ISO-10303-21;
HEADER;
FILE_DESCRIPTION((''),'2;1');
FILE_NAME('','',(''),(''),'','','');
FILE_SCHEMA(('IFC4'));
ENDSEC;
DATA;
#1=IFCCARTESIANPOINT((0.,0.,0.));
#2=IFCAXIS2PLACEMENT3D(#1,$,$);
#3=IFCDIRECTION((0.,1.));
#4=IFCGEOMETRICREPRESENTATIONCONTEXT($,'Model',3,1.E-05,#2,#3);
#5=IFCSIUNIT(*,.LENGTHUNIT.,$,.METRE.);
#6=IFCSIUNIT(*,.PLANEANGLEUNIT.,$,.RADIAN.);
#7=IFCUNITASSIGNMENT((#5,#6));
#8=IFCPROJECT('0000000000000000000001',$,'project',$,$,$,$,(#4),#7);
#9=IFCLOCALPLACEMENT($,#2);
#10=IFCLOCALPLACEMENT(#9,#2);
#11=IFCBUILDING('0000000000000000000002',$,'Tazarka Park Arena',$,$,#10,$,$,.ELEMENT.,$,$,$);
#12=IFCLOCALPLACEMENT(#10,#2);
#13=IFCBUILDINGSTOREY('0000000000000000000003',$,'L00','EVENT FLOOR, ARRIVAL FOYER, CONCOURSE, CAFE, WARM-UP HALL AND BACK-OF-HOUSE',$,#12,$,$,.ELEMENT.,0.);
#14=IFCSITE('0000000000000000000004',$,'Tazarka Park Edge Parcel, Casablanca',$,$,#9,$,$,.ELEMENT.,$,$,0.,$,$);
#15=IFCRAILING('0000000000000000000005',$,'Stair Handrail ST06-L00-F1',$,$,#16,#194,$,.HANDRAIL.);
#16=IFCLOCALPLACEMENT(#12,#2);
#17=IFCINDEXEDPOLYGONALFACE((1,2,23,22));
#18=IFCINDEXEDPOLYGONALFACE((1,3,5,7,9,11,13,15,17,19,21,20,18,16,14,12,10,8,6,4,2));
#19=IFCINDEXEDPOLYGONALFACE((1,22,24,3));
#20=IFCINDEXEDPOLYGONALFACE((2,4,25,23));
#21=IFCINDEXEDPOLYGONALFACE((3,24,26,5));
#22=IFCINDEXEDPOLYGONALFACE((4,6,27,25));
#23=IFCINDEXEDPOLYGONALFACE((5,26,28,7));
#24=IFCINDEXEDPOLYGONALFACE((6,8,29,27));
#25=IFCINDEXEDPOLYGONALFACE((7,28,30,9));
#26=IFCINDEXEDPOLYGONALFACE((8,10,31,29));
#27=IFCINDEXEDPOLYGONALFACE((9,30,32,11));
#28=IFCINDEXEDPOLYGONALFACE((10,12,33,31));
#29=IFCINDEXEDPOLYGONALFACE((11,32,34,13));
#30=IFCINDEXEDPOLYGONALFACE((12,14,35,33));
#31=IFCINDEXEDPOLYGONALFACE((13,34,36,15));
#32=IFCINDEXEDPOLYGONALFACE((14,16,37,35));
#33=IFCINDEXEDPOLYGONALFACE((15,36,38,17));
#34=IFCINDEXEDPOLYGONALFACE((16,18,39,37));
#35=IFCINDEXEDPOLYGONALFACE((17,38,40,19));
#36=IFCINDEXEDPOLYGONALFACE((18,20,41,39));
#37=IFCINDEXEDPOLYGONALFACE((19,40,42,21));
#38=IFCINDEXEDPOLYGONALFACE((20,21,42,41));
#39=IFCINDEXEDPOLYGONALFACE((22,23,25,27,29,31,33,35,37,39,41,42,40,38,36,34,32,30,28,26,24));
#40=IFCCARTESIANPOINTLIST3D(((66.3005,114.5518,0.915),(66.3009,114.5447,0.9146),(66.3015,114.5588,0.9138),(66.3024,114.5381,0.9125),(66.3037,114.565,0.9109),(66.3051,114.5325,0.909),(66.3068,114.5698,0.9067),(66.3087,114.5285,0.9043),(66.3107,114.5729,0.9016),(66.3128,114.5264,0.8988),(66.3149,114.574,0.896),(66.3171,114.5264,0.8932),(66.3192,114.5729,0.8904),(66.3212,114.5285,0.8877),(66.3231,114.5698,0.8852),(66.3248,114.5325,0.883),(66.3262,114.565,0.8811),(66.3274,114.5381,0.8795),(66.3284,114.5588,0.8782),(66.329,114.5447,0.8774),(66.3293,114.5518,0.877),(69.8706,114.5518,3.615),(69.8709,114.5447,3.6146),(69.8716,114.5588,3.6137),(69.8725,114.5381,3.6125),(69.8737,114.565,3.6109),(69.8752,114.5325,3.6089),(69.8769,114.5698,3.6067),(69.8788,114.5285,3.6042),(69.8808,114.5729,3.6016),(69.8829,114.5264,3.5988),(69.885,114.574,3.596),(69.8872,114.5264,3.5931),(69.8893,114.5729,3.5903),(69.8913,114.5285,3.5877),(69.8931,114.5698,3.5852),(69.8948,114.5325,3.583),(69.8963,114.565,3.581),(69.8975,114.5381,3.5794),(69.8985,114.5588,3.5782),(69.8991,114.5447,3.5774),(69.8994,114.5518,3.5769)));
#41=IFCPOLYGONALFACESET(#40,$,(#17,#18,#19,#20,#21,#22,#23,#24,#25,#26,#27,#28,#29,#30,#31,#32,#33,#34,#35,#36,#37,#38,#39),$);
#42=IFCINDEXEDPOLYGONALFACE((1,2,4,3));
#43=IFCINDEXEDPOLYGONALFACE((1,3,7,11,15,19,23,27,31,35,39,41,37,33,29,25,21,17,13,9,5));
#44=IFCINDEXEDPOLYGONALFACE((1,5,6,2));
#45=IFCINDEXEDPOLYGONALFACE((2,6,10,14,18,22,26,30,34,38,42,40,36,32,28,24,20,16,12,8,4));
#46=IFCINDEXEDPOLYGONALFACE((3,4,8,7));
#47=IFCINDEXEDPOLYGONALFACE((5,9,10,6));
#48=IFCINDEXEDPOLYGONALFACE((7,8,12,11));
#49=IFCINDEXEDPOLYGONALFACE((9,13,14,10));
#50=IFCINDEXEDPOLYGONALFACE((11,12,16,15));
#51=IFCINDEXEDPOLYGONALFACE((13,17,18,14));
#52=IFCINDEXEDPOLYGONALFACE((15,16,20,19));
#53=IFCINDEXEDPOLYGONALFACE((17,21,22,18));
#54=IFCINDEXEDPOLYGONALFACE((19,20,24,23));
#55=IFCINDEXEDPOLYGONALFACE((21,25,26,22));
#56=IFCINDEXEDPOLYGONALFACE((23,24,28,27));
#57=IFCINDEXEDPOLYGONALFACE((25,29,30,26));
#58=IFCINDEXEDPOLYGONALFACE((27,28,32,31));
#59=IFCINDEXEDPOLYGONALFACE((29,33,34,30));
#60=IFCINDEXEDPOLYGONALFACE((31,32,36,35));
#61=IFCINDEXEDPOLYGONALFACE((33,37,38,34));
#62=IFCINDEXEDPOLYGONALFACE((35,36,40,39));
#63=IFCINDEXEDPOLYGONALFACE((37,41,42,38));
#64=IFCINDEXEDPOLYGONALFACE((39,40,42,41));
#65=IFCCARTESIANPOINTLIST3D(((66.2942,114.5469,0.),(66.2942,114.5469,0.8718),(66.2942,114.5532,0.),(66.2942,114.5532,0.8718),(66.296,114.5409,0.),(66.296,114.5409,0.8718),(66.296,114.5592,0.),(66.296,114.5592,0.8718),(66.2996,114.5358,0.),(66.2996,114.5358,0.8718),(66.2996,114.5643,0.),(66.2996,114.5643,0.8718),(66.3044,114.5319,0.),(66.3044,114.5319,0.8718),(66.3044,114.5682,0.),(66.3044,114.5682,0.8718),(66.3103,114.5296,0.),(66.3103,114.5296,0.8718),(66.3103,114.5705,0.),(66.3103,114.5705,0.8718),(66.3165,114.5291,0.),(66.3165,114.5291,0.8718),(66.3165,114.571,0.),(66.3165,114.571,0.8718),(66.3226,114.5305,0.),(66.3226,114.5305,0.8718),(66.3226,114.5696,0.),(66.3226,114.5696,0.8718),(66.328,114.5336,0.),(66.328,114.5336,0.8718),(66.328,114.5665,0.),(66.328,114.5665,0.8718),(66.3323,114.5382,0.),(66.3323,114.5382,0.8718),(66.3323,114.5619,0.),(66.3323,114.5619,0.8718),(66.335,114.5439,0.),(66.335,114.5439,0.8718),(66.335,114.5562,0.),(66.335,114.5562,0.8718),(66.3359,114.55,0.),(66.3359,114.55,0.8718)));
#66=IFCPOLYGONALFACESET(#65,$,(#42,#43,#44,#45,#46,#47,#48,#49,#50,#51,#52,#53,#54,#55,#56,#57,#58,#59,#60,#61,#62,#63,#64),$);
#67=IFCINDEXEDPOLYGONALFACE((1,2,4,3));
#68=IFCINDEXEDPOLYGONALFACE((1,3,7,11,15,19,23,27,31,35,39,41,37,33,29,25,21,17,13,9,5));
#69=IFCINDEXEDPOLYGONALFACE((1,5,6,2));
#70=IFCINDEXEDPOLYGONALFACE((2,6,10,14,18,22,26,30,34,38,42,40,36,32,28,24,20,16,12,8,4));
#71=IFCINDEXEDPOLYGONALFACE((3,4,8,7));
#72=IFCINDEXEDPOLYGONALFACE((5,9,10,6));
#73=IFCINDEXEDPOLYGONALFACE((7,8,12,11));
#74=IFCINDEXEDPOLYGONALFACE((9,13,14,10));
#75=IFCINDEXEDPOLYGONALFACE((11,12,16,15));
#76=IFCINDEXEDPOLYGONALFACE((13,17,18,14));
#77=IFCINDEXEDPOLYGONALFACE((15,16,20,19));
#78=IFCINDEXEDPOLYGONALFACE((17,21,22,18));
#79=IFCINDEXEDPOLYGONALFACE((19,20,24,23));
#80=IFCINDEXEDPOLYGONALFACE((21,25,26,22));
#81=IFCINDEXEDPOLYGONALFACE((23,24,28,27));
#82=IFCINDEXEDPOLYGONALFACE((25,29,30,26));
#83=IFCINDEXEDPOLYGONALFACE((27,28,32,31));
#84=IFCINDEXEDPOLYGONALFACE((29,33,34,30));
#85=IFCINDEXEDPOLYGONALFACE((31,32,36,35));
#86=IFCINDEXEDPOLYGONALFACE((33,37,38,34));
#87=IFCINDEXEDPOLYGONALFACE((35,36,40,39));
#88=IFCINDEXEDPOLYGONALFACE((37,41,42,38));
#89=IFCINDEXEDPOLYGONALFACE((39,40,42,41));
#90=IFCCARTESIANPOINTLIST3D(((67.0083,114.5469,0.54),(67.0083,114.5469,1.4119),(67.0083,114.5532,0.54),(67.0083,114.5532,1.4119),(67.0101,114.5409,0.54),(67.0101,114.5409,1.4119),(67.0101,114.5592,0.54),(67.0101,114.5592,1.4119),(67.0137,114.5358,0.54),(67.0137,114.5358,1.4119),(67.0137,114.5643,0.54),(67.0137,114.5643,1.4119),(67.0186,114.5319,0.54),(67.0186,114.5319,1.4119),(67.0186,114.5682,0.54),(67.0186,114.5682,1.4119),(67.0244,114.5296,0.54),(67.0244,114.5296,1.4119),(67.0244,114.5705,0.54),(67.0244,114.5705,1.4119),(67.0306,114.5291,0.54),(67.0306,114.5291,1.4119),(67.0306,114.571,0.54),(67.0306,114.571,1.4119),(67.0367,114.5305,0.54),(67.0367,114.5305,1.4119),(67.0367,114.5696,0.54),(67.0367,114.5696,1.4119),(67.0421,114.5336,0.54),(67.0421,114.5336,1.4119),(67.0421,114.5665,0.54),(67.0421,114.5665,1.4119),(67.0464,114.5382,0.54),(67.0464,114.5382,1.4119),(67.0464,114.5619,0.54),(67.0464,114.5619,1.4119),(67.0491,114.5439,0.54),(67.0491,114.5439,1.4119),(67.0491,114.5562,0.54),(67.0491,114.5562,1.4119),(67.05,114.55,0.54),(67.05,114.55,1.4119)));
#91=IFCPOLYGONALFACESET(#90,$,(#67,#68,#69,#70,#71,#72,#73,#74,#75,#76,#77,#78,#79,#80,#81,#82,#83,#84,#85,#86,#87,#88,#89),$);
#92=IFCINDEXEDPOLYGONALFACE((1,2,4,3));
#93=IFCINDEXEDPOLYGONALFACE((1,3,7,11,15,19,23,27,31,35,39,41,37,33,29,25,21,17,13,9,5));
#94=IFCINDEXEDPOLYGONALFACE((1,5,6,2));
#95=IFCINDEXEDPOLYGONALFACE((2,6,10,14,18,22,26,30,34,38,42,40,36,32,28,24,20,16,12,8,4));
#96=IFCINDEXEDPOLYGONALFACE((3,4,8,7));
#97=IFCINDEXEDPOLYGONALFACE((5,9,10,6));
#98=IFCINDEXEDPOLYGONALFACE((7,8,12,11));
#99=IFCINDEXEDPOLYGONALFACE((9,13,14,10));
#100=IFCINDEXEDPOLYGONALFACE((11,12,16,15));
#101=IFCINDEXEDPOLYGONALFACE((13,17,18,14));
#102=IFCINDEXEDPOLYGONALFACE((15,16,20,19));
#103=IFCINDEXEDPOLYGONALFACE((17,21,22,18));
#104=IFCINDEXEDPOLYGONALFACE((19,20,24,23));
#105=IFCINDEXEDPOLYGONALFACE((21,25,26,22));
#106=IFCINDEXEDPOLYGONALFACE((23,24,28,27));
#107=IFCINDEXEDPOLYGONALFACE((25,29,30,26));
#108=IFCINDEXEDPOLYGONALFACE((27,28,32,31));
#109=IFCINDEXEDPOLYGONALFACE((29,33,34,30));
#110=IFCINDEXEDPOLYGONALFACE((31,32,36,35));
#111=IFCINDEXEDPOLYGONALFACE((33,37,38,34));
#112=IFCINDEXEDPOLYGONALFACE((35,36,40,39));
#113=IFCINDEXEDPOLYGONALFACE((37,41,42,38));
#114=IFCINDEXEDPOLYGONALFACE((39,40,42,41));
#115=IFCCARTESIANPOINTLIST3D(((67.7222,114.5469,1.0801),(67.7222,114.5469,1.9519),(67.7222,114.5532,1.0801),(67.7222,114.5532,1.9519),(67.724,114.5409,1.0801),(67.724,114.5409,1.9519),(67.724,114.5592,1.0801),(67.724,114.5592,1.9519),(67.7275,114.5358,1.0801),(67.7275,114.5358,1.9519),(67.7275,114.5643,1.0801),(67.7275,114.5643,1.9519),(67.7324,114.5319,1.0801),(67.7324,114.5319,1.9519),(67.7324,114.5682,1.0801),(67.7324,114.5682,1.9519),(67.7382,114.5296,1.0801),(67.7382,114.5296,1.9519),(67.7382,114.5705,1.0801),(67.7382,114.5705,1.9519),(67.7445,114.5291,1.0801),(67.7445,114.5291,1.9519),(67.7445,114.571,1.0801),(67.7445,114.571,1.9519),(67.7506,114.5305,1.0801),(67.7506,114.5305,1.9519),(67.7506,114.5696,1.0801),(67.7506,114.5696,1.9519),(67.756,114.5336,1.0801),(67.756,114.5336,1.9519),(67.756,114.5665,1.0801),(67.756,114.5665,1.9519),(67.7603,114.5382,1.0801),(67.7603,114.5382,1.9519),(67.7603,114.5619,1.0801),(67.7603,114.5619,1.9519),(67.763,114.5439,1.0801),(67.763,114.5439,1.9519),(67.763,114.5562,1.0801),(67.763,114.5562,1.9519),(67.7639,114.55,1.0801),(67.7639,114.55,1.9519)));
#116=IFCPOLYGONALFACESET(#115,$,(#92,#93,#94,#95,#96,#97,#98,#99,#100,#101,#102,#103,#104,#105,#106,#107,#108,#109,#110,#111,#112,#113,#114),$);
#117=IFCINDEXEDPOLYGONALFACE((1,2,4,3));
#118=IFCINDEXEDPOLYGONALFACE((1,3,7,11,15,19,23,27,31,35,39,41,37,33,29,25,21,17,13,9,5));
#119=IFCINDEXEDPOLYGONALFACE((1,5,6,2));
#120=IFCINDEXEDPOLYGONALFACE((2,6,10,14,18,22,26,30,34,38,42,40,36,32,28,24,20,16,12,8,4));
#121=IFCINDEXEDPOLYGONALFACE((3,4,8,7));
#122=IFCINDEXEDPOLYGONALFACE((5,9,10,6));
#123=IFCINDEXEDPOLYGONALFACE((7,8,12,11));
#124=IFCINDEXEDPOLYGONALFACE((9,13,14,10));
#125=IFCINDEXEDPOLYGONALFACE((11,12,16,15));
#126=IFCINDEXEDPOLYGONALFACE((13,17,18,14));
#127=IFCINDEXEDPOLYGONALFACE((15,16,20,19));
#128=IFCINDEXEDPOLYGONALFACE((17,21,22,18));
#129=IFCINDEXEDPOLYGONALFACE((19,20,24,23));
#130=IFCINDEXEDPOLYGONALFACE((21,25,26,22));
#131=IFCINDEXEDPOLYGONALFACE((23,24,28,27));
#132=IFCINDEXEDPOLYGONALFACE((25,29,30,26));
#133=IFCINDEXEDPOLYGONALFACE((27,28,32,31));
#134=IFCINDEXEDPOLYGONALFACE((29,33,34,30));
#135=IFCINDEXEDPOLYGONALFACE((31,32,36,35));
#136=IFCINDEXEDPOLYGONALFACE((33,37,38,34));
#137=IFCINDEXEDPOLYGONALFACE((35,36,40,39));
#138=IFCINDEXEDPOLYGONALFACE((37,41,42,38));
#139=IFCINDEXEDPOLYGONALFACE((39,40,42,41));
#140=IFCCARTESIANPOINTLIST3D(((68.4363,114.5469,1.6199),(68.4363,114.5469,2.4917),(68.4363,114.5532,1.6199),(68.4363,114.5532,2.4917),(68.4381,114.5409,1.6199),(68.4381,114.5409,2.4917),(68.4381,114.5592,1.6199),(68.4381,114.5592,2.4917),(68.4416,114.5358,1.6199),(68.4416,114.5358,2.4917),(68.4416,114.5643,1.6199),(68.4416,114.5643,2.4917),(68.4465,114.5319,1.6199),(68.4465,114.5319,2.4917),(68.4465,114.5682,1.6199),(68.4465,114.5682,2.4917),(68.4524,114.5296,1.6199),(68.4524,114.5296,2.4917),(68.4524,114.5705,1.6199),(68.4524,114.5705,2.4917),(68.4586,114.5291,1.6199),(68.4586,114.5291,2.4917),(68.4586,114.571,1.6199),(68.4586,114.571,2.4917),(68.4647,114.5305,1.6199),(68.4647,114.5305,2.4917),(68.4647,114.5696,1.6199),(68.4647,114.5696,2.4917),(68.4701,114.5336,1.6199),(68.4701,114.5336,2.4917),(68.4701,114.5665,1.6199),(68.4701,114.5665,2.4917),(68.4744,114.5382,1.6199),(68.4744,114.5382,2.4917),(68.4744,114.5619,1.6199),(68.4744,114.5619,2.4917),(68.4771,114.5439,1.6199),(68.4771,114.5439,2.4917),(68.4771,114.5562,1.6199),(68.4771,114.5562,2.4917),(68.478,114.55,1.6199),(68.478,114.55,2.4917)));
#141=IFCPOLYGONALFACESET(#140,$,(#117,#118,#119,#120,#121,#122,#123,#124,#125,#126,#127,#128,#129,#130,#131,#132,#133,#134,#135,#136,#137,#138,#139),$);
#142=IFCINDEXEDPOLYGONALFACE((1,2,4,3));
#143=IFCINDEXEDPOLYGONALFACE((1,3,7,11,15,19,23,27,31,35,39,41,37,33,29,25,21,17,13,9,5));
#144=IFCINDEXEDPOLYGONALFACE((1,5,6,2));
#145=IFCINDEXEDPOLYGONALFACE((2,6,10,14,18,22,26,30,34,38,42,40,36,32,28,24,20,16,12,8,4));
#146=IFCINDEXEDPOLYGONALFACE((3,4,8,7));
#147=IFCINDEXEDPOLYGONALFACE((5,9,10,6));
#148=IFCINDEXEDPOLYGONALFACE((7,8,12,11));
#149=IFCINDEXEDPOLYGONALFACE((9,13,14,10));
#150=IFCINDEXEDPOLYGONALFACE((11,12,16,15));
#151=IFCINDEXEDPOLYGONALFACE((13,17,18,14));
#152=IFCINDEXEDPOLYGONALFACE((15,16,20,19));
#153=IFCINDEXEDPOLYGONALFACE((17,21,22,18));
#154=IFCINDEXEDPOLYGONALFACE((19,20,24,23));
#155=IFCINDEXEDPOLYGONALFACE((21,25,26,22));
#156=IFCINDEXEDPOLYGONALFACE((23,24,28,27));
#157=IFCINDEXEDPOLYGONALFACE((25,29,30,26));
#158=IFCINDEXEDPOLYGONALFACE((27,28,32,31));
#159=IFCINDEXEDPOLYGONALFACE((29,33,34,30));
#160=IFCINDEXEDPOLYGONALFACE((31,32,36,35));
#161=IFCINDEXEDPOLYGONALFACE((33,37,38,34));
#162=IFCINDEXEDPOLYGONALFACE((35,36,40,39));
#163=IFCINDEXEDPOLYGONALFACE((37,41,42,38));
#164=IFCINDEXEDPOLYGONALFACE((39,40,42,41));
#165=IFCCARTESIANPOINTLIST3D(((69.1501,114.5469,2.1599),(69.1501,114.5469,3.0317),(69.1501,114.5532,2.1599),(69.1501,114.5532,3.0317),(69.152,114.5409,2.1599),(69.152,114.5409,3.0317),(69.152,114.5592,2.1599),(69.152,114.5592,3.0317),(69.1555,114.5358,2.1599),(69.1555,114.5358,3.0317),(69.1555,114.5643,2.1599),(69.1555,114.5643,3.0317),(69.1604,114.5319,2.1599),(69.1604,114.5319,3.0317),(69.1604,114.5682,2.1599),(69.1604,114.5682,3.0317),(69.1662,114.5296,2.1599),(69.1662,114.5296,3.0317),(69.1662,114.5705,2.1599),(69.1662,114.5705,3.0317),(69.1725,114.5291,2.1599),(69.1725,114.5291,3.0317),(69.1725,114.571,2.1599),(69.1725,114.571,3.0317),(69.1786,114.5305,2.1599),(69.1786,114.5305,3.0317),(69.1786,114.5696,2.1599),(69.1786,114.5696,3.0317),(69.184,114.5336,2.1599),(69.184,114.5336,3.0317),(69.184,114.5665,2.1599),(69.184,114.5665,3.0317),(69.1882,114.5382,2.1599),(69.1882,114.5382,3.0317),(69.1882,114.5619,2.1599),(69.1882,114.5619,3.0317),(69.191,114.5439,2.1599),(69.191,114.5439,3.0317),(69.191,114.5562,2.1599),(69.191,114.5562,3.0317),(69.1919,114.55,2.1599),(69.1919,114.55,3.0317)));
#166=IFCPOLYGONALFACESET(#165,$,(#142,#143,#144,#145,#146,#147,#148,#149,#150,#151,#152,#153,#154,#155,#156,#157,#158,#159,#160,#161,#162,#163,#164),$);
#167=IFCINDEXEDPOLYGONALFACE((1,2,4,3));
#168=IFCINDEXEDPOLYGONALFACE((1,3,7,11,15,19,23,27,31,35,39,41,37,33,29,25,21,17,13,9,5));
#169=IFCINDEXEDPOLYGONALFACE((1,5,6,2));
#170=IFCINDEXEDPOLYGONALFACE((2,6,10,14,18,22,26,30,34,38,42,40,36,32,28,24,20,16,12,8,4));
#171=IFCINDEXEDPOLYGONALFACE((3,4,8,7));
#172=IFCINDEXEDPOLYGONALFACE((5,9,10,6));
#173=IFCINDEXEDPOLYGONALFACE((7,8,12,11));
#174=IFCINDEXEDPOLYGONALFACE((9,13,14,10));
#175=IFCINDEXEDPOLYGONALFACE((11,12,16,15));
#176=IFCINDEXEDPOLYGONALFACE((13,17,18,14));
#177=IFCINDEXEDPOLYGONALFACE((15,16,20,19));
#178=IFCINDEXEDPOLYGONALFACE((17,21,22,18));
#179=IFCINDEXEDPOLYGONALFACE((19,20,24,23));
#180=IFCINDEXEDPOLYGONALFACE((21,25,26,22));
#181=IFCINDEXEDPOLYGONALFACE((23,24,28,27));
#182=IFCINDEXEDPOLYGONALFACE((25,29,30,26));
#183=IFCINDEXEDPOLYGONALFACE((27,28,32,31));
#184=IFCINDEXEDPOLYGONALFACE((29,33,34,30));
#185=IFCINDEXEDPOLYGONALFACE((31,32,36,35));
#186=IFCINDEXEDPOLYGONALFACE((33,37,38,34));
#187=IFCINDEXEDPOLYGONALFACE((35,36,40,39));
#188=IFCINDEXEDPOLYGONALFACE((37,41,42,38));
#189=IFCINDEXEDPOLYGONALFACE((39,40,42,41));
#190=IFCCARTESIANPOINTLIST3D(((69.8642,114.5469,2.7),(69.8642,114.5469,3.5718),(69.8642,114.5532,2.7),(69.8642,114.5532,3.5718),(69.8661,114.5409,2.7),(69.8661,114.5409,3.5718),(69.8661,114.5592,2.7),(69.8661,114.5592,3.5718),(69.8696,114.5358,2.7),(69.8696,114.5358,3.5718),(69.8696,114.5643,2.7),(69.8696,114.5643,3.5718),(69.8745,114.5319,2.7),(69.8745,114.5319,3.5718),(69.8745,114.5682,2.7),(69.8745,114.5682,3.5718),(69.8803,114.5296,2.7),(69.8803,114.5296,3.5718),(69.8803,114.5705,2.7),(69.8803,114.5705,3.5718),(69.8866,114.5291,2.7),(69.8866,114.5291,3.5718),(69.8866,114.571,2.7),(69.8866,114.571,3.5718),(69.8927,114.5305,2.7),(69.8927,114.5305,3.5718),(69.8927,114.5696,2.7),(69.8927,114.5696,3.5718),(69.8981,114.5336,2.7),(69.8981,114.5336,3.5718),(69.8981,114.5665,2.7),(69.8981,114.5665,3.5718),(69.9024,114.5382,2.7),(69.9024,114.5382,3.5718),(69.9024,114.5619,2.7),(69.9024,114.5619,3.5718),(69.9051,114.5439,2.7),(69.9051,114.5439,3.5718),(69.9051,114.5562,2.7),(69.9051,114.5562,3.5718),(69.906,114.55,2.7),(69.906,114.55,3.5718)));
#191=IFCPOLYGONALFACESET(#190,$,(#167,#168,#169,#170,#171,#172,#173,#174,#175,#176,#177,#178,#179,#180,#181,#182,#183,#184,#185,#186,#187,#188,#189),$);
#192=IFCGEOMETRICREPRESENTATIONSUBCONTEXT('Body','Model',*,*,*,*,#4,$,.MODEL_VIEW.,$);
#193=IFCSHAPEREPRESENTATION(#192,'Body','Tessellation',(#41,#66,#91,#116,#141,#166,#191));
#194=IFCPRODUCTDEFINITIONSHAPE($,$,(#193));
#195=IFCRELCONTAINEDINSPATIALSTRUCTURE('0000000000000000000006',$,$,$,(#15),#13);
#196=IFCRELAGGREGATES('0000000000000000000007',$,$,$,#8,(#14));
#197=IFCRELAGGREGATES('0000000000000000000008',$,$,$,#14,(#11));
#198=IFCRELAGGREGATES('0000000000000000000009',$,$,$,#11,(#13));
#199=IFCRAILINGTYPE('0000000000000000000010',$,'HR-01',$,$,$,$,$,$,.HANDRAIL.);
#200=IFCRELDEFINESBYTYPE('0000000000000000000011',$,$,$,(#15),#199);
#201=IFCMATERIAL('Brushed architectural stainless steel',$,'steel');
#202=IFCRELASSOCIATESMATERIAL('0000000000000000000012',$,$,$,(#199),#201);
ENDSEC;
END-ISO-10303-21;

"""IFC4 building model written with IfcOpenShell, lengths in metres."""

from ifc_helpers import new_model, si_unit, direction, frame, origin, origin_2d, place, context, subcontext, project, spatial, circle, extrude, material, type_object, element, save


model = new_model("IFC4")

# Units and contexts
model_context = context("Model", 3, precision=1e-05, world=origin(), true_north=direction((0.0, 1.0)))
body_context = subcontext(model_context, "Body", "Model", "MODEL_VIEW")
ifc_project = project(units=[si_unit("LENGTHUNIT", "METRE"), si_unit("PLANEANGLEUNIT", "RADIAN")], contexts=[model_context])

# Site, building, storey
site_placement = place(None, origin())
site = spatial("IfcSite", under=ifc_project, at=site_placement, Name="Tazarka Park Edge Parcel, Casablanca", CompositionType="ELEMENT", RefElevation=0.0)
building_placement = place(site_placement, origin())
building = spatial("IfcBuilding", under=site, at=building_placement, Name="Tazarka Park Arena", CompositionType="ELEMENT")
storey_placement = place(building_placement, origin())
storey = spatial("IfcBuildingStorey", under=building, at=storey_placement, Name="L00", Description="EVENT FLOOR, ARRIVAL FOYER, CONCOURSE, CAFE, WARM-UP HALL AND BACK-OF-HOUSE", CompositionType="ELEMENT", Elevation=0.0)

# Railing
ifc_material_1 = material(Name="Brushed architectural stainless steel", Category="steel")
railing_type_1 = type_object("IfcRailingType", Name="HR-01", PredefinedType="HANDRAIL", material=ifc_material_1)
railing_1_placement = place(storey_placement, frame((66.3149, 114.55, 0.0)))
element("IfcRailing", 1, at=railing_1_placement, inside=storey, type_object=railing_type_1, Name="Stair Handrail ST06-L00-F1", PredefinedType="HANDRAIL", context=body_context, shape_type="SweptSolid", body=[
    extrude(circle(Radius=0.0239, at=origin_2d()), frame((0.0, 0.0, 0.896), z_axis=(0.797591, 0.0, 0.603198), x_axis=(0.0, 1.0, 0.0)), (0.0, 0.0, 1.0), 4.4761),
    extrude(circle(Radius=0.021, at=origin_2d()), origin(), (0.0, 0.0, 1.0), 0.8718),
    extrude(circle(Radius=0.021, at=origin_2d()), frame((0.7141, 0.0, 0.54)), (0.0, 0.0, 1.0), 0.8718),
    extrude(circle(Radius=0.021, at=origin_2d()), frame((1.428, 0.0, 1.0801)), (0.0, 0.0, 1.0), 0.8718),
    extrude(circle(Radius=0.021, at=origin_2d()), frame((2.1421, 0.0, 1.6199)), (0.0, 0.0, 1.0), 0.8718),
    extrude(circle(Radius=0.021, at=origin_2d()), frame((2.856, 0.0, 2.1599)), (0.0, 0.0, 1.0), 0.8718),
    extrude(circle(Radius=0.021, at=origin_2d()), frame((3.5701, 0.0, 2.7)), (0.0, 0.0, 1.0), 0.8718),
])

save(model, "model.ifc")
